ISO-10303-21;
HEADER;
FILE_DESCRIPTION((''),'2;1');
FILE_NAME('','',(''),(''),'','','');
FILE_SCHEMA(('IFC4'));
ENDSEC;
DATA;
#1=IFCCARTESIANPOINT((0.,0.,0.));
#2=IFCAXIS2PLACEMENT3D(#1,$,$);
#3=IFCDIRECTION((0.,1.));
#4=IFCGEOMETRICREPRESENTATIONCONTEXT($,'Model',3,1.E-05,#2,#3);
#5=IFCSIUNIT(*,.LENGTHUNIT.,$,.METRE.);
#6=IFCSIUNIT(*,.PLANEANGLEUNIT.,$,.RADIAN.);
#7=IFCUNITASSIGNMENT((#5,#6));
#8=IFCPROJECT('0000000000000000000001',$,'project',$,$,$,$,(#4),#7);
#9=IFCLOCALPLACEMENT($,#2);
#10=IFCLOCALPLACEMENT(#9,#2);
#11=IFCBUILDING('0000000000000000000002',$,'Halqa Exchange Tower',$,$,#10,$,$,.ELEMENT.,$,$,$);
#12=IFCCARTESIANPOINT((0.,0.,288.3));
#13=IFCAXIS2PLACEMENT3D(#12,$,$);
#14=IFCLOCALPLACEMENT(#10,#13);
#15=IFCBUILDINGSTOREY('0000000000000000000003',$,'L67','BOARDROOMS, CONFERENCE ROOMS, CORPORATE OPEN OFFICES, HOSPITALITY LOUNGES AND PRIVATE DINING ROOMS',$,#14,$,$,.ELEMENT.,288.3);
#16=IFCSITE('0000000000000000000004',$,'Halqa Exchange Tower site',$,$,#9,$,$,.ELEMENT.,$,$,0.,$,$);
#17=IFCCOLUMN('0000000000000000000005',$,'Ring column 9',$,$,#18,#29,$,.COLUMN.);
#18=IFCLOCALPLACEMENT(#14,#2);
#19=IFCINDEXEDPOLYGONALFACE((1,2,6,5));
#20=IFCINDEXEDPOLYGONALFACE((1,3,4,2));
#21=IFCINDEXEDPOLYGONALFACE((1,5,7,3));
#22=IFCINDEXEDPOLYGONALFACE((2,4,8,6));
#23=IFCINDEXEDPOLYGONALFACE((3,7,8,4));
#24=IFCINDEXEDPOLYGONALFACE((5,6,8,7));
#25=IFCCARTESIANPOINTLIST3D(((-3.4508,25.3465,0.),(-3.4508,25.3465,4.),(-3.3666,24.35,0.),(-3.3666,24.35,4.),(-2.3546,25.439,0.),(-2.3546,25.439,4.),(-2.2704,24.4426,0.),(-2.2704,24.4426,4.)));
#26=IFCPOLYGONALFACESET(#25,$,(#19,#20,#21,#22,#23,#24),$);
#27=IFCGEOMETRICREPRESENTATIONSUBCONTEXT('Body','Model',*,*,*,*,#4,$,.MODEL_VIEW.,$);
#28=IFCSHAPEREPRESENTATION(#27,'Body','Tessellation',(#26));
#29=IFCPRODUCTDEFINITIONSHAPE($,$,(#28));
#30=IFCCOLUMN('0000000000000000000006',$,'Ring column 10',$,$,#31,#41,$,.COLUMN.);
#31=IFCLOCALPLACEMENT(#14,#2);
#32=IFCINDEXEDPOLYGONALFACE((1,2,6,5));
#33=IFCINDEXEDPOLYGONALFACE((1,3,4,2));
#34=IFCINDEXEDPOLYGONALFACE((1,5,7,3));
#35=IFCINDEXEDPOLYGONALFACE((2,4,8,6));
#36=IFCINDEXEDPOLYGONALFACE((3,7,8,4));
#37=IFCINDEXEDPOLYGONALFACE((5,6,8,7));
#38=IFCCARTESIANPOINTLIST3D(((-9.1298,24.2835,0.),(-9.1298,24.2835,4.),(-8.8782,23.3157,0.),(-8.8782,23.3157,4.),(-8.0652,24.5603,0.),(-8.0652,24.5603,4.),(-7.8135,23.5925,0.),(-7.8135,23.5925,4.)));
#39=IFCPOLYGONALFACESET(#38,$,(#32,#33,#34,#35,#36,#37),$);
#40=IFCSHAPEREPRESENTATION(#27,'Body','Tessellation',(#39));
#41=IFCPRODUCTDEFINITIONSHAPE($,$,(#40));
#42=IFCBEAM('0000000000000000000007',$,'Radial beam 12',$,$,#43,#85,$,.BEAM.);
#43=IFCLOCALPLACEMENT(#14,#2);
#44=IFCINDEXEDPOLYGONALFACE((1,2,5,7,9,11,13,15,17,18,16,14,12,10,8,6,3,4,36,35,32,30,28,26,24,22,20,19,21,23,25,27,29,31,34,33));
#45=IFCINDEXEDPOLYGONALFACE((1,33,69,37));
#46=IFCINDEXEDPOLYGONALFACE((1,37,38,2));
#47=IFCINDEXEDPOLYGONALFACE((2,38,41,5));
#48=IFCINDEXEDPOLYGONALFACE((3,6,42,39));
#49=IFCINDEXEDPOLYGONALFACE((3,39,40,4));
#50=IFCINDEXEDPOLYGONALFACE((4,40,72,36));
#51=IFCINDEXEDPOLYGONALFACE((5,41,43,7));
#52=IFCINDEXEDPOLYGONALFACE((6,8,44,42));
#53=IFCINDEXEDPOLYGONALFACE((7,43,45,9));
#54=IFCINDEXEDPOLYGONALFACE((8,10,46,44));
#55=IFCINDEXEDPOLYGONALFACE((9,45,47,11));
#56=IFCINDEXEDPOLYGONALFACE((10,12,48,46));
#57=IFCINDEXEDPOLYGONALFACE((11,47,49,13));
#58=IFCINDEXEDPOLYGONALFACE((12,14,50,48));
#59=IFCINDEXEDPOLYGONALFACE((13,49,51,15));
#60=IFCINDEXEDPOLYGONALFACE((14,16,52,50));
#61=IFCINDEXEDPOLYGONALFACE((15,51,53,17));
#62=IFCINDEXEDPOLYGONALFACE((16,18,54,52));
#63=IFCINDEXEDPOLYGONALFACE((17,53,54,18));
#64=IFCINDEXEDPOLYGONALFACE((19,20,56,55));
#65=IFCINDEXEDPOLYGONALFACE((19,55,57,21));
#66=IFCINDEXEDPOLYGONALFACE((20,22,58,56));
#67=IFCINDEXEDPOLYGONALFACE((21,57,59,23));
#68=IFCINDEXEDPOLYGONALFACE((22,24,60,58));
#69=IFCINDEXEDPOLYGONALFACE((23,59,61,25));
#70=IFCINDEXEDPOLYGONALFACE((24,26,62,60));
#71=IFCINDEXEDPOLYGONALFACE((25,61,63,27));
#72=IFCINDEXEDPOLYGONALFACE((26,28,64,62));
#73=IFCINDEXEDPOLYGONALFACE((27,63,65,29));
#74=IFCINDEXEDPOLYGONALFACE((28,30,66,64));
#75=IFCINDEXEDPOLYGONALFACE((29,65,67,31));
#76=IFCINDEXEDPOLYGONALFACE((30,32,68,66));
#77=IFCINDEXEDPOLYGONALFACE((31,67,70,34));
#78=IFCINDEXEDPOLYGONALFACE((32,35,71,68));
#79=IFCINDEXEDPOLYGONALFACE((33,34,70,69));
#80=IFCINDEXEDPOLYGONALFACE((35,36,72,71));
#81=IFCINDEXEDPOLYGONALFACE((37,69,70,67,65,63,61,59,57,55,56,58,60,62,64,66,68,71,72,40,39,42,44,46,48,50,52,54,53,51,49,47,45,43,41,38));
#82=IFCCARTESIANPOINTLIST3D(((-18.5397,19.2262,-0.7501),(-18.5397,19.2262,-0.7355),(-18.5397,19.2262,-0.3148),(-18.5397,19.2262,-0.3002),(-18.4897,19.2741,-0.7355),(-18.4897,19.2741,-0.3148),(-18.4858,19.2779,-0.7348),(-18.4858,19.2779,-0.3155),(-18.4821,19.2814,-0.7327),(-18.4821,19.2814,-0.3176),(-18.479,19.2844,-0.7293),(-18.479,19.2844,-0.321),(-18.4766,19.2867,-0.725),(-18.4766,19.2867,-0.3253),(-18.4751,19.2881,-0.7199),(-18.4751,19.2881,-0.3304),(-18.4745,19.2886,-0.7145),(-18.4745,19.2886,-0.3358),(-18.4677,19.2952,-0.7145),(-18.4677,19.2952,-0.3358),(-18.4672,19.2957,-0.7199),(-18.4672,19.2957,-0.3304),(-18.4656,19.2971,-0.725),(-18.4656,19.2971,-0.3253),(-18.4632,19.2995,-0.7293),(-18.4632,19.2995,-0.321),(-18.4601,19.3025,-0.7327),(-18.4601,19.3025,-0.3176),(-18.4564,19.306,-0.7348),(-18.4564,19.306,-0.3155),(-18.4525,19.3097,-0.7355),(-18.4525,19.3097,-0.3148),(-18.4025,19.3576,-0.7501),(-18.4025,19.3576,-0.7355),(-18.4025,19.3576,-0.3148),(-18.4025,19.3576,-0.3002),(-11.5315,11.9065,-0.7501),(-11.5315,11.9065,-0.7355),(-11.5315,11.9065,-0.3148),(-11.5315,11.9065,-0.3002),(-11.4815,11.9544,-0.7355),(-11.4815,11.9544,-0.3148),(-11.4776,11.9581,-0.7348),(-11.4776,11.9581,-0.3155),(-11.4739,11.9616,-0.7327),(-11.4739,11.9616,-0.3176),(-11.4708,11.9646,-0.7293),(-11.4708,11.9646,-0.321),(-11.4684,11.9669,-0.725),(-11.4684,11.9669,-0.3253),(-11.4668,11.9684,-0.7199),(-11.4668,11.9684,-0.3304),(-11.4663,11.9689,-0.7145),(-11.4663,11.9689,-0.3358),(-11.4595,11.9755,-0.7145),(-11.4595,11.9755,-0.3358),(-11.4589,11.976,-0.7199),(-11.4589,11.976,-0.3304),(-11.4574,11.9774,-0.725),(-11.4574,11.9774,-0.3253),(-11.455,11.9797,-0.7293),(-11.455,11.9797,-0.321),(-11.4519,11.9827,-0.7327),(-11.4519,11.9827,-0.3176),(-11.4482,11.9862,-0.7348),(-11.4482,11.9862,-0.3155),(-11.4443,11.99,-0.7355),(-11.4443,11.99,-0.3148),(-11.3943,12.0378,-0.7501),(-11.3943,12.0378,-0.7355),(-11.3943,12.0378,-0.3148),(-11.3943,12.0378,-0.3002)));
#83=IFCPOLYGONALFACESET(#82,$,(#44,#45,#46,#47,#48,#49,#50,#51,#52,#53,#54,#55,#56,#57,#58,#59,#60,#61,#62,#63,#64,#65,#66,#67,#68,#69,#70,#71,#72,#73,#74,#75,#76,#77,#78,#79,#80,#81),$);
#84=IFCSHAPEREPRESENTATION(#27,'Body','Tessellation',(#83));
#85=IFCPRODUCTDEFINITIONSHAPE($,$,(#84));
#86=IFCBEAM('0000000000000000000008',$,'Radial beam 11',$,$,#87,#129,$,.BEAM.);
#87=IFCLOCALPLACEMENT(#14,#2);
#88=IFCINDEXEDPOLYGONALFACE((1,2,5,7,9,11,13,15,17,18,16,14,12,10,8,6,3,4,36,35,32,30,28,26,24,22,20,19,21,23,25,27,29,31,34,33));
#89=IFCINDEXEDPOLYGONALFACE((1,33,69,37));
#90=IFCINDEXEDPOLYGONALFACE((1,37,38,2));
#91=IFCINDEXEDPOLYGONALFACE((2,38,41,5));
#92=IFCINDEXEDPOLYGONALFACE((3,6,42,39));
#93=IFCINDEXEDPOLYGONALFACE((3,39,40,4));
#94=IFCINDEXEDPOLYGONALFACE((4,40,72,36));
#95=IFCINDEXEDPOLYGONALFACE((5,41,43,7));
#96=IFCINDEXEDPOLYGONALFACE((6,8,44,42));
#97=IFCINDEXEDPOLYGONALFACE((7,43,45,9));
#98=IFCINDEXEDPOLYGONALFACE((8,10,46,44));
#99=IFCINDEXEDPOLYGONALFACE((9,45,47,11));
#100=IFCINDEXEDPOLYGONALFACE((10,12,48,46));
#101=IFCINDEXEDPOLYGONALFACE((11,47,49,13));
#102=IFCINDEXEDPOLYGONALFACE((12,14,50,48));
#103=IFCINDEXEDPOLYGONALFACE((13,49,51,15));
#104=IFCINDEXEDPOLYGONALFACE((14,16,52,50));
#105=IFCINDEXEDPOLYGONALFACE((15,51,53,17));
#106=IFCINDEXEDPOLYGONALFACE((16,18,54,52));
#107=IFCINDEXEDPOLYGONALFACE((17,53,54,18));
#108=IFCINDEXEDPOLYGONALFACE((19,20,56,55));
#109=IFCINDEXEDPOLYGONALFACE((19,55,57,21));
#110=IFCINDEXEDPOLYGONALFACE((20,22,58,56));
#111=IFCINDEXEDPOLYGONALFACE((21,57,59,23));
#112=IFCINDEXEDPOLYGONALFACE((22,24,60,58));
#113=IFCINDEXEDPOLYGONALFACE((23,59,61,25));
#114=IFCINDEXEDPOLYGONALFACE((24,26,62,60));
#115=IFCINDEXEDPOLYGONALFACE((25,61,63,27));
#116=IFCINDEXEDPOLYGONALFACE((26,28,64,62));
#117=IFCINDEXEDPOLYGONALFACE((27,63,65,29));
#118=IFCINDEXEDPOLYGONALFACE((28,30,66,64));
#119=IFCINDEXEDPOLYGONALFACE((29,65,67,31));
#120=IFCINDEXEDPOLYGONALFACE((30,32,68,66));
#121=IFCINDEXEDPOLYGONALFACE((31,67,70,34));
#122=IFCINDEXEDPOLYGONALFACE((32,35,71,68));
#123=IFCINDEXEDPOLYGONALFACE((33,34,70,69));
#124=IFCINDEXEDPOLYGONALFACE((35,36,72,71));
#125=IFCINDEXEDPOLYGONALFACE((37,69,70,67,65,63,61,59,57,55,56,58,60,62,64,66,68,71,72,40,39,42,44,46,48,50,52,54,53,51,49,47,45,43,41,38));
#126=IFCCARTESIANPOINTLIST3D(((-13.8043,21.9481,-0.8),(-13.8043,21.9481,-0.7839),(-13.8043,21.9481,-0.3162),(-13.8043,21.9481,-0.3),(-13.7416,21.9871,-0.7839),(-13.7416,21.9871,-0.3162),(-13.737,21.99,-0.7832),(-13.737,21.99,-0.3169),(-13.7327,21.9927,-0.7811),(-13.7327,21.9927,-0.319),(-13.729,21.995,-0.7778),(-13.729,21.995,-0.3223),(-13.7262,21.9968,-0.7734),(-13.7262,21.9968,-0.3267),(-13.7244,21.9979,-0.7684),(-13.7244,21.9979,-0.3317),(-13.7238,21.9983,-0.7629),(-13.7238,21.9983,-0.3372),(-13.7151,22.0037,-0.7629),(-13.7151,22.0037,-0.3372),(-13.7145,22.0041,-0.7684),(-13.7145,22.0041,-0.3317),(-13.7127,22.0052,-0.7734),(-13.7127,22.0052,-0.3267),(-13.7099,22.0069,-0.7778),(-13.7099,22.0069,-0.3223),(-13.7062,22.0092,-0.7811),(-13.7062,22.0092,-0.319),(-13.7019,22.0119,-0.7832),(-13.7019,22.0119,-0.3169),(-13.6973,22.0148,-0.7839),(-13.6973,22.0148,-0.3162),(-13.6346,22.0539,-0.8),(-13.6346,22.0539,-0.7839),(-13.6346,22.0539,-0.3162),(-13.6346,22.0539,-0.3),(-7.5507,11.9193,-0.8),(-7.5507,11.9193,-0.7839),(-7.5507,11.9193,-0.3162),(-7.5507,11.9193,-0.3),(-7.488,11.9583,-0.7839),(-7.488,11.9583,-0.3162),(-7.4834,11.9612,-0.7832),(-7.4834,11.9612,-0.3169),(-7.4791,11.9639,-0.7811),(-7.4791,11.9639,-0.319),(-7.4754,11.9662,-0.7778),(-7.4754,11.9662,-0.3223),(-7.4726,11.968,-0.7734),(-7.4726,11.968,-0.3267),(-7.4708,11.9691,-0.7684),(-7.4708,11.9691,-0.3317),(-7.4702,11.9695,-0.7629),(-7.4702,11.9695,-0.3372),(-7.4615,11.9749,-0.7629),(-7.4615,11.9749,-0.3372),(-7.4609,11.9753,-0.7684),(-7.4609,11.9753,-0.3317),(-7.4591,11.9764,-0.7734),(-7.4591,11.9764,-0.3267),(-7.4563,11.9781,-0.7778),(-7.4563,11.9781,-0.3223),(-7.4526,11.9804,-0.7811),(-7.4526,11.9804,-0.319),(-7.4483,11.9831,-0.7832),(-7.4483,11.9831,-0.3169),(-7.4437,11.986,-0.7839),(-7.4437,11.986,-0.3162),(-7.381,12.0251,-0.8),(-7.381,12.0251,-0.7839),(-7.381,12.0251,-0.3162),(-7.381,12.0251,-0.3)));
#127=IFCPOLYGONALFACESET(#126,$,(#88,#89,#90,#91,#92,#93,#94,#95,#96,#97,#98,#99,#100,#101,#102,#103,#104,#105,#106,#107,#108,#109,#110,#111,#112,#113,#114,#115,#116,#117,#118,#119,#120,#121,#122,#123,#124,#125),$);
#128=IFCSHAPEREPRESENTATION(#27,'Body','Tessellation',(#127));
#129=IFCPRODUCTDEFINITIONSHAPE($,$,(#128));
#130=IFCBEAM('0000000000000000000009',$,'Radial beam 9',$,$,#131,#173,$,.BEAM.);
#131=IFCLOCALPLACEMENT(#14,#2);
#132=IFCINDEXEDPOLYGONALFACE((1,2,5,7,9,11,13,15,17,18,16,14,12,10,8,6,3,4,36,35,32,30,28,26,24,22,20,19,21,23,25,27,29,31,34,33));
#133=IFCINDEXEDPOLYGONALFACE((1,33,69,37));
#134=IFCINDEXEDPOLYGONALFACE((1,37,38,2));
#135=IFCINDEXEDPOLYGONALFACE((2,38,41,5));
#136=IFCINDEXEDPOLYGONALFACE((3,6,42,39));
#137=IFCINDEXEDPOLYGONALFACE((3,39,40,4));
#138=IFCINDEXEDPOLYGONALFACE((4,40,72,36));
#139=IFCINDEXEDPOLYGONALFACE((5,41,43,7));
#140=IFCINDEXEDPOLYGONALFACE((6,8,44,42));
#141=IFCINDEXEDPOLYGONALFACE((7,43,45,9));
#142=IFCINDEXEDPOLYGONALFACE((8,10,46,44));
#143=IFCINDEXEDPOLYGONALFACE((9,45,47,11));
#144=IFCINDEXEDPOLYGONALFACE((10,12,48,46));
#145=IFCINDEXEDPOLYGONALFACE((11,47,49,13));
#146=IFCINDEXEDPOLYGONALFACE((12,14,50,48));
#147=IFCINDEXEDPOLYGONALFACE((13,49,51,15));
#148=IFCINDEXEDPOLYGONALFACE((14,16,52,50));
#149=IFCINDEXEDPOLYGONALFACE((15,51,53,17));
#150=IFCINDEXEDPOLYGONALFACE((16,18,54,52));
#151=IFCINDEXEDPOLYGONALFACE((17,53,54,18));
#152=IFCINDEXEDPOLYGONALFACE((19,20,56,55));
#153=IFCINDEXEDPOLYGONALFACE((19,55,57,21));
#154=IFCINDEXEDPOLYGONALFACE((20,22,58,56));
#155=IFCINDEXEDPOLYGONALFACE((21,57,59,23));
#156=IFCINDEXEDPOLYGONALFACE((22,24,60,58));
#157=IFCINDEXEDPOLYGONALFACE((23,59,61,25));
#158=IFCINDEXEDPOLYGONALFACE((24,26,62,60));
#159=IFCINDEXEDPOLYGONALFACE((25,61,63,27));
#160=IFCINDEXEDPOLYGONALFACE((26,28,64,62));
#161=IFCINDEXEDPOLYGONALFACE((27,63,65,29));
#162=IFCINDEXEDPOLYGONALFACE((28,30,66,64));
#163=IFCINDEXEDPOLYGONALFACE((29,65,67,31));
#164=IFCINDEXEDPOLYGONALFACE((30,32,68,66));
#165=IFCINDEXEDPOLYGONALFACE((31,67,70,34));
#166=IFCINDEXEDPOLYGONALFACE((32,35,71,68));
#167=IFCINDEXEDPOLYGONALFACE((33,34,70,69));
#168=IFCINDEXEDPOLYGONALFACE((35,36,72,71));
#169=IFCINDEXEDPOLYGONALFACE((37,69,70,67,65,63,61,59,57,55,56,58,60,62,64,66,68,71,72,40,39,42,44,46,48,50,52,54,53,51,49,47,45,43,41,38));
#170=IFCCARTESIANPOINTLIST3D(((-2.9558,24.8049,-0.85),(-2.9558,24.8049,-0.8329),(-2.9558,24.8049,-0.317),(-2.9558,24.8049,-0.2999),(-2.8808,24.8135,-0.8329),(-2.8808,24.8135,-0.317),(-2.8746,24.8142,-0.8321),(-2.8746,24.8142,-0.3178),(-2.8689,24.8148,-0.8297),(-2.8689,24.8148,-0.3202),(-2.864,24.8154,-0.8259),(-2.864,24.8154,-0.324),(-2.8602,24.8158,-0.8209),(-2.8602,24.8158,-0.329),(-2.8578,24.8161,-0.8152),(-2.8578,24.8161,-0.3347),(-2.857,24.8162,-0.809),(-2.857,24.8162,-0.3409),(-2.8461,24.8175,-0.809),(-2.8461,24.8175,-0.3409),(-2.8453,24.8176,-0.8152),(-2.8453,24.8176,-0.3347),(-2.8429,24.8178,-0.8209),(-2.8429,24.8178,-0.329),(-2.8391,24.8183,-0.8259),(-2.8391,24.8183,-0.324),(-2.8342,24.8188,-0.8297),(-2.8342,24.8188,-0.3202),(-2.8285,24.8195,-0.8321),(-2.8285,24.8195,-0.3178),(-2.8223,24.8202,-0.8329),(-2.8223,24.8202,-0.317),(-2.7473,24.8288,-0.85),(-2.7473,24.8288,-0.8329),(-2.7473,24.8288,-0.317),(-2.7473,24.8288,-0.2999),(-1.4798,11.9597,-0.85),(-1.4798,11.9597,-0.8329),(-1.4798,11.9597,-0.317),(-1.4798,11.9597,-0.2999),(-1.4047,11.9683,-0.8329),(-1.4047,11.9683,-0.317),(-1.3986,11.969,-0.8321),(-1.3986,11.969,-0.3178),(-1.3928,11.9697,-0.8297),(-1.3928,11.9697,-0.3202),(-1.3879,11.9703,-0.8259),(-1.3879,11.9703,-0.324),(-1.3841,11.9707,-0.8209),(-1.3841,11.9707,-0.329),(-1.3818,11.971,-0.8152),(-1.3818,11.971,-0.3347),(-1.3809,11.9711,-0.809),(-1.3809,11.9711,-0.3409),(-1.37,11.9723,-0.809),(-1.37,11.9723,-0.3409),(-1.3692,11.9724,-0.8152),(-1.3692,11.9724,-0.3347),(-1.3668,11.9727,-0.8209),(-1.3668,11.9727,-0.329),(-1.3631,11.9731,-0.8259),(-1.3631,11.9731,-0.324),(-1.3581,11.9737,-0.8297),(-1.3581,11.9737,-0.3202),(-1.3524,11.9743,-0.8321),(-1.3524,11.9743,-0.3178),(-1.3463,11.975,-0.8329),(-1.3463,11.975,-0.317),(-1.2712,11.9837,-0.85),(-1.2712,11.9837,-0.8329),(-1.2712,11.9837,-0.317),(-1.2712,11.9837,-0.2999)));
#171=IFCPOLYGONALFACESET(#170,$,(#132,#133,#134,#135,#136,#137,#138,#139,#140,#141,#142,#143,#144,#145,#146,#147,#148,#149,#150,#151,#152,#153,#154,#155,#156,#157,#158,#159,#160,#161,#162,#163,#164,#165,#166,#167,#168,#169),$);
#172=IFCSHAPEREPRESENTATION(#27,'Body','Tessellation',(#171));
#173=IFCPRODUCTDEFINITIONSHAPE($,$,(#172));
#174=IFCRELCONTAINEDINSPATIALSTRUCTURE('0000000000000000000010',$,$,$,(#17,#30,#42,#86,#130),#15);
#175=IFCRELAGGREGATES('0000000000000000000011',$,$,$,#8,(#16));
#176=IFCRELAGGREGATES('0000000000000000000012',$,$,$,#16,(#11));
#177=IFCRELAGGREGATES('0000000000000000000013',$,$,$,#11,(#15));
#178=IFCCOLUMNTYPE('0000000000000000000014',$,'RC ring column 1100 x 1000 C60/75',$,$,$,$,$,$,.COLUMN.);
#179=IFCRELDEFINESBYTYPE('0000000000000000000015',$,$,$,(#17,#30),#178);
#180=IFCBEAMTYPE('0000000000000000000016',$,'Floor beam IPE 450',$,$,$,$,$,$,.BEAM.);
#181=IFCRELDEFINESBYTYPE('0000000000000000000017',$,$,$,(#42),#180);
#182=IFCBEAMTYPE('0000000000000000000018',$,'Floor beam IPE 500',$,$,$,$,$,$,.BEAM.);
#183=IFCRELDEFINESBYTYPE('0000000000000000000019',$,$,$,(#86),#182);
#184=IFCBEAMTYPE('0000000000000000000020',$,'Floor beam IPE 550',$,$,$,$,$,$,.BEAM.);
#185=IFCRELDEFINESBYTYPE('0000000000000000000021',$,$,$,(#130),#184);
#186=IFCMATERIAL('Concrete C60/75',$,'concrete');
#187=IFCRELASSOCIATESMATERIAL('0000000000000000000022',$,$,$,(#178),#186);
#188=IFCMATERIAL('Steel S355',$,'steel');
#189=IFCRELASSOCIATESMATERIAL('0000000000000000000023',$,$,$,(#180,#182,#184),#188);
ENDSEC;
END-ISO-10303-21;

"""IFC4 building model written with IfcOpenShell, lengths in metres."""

from ifc_helpers import new_model, si_unit, direction, frame, origin, origin_2d, place, context, subcontext, project, spatial, rectangle, i_section, extrude, material, material_profile, profile_set, type_object, element, save


model = new_model("IFC4")

# Units and contexts
model_context = context("Model", 3, precision=1e-05, world=origin(), true_north=direction((0.0, 1.0)))
body_context = subcontext(model_context, "Body", "Model", "MODEL_VIEW")
ifc_project = project(units=[si_unit("LENGTHUNIT", "METRE"), si_unit("PLANEANGLEUNIT", "RADIAN")], contexts=[model_context])

# Site, building, storey
site_placement = place(None, origin())
site = spatial("IfcSite", under=ifc_project, at=site_placement, Name="Halqa Exchange Tower site", CompositionType="ELEMENT", RefElevation=0.0)
building_placement = place(site_placement, origin())
building = spatial("IfcBuilding", under=site, at=building_placement, Name="Halqa Exchange Tower", CompositionType="ELEMENT")
storey_placement = place(building_placement, frame((0.0, 0.0, 288.3)))
storey = spatial("IfcBuildingStorey", under=building, at=storey_placement, Name="L67", Description="BOARDROOMS, CONFERENCE ROOMS, CORPORATE OPEN OFFICES, HOSPITALITY LOUNGES AND PRIVATE DINING ROOMS", CompositionType="ELEMENT", Elevation=288.3)

# Columns
ifc_material_1 = material(Name="Concrete C60/75", Category="concrete")
ifc_material_profile_1 = material_profile(ifc_material_1, rectangle(XDim=1.1001, YDim=1.0, at=origin_2d()), Name="1100 x 1000")
ifc_profile_set_1 = profile_set([ifc_material_profile_1], Name="Concrete C60/75")
column_type = type_object("IfcColumnType", Name="RC ring column 1100 x 1000 C60/75", PredefinedType="COLUMN", material=ifc_profile_set_1)
for number, where, z_axis, x_axis, name in (
    (1, (-2.8606, 24.8945, 0.0), (0.0, 0.0, 1.0), (-0.996456, -0.084114, 0.0), "Ring column 9"),
    (2, (-8.4717, 23.938, 0.0), (0.0, 0.0, 1.0), (-0.967821, -0.251639, 0.0), "Ring column 10"),
):
    element("IfcColumn", number, at=place(storey_placement, frame(where, z_axis=z_axis, x_axis=x_axis)), inside=storey, type_object=column_type, Name=name, PredefinedType="COLUMN", context=body_context, shape_type="SweptSolid", body=[
        extrude(rectangle(XDim=1.1001, YDim=1.0, at=origin_2d()), origin(), (0.0, 0.0, 1.0), 4.0),
    ])

# Beams
ifc_material_2 = material(Name="Steel S355", Category="steel")
ifc_material_profile_2 = material_profile(ifc_material_2, i_section(OverallWidth=0.1899, OverallDepth=0.45, WebThickness=0.0095, FlangeThickness=0.0146, FilletRadius=0.021, at=origin_2d()), Name="IPE 450")
ifc_profile_set_2 = profile_set([ifc_material_profile_2], Name="Steel S355")
beam_type_1 = type_object("IfcBeamType", Name="Floor beam IPE 450", PredefinedType="BEAM", material=ifc_profile_set_2)
beam_1_placement = place(storey_placement, frame((-11.4629, 11.9722, -0.5251), z_axis=(-0.691569, 0.72231, 0.0), x_axis=(-0.72231, -0.691569, 0.0)))
element("IfcBeam", 3, at=beam_1_placement, inside=storey, type_object=beam_type_1, Name="Radial beam 12", PredefinedType="BEAM", context=body_context, shape_type="SweptSolid", body=[
    extrude(i_section(OverallWidth=0.1899, OverallDepth=0.45, WebThickness=0.0095, FlangeThickness=0.0146, FilletRadius=0.021, at=origin_2d()), origin(), (0.0, 0.0, 1.0), 10.1338),
])
ifc_material_profile_3 = material_profile(ifc_material_2, i_section(OverallWidth=0.2, OverallDepth=0.5, WebThickness=0.0103, FlangeThickness=0.0161, FilletRadius=0.021, at=origin_2d()), Name="IPE 500")
ifc_profile_set_3 = profile_set([ifc_material_profile_3], Name="Steel S355")
beam_type_2 = type_object("IfcBeamType", Name="Floor beam IPE 500", PredefinedType="BEAM", material=ifc_profile_set_3)
beam_2_placement = place(storey_placement, frame((-7.4658, 11.9722, -0.55), z_axis=(-0.529126, 0.848543, 0.0), x_axis=(-0.848543, -0.529126, 0.0)))
element("IfcBeam", 4, at=beam_2_placement, inside=storey, type_object=beam_type_2, Name="Radial beam 11", PredefinedType="BEAM", context=body_context, shape_type="SweptSolid", body=[
    extrude(i_section(OverallWidth=0.2, OverallDepth=0.5, WebThickness=0.0103, FlangeThickness=0.0161, FilletRadius=0.021, at=origin_2d()), origin(), (0.0, 0.0, 1.0), 11.8188),
])
ifc_material_profile_4 = material_profile(ifc_material_2, i_section(OverallWidth=0.21, OverallDepth=0.55, WebThickness=0.011, FlangeThickness=0.0171, FilletRadius=0.0239, at=origin_2d()), Name="IPE 550")
ifc_profile_set_4 = profile_set([ifc_material_profile_4], Name="Steel S355")
beam_type_3 = type_object("IfcBeamType", Name="Floor beam IPE 550", PredefinedType="BEAM", material=ifc_profile_set_4)
beam_3_placement = place(storey_placement, frame((-1.3755, 11.9717, -0.575), z_axis=(-0.114161, 0.993462, 0.0), x_axis=(-0.993462, -0.114161, 0.0)))
element("IfcBeam", 5, at=beam_3_placement, inside=storey, type_object=beam_type_3, Name="Radial beam 9", PredefinedType="BEAM", context=body_context, shape_type="SweptSolid", body=[
    extrude(i_section(OverallWidth=0.21, OverallDepth=0.55, WebThickness=0.011, FlangeThickness=0.0171, FilletRadius=0.0239, at=origin_2d()), origin(), (0.0, 0.0, 1.0), 12.9297),
])

save(model, "model.ifc")
